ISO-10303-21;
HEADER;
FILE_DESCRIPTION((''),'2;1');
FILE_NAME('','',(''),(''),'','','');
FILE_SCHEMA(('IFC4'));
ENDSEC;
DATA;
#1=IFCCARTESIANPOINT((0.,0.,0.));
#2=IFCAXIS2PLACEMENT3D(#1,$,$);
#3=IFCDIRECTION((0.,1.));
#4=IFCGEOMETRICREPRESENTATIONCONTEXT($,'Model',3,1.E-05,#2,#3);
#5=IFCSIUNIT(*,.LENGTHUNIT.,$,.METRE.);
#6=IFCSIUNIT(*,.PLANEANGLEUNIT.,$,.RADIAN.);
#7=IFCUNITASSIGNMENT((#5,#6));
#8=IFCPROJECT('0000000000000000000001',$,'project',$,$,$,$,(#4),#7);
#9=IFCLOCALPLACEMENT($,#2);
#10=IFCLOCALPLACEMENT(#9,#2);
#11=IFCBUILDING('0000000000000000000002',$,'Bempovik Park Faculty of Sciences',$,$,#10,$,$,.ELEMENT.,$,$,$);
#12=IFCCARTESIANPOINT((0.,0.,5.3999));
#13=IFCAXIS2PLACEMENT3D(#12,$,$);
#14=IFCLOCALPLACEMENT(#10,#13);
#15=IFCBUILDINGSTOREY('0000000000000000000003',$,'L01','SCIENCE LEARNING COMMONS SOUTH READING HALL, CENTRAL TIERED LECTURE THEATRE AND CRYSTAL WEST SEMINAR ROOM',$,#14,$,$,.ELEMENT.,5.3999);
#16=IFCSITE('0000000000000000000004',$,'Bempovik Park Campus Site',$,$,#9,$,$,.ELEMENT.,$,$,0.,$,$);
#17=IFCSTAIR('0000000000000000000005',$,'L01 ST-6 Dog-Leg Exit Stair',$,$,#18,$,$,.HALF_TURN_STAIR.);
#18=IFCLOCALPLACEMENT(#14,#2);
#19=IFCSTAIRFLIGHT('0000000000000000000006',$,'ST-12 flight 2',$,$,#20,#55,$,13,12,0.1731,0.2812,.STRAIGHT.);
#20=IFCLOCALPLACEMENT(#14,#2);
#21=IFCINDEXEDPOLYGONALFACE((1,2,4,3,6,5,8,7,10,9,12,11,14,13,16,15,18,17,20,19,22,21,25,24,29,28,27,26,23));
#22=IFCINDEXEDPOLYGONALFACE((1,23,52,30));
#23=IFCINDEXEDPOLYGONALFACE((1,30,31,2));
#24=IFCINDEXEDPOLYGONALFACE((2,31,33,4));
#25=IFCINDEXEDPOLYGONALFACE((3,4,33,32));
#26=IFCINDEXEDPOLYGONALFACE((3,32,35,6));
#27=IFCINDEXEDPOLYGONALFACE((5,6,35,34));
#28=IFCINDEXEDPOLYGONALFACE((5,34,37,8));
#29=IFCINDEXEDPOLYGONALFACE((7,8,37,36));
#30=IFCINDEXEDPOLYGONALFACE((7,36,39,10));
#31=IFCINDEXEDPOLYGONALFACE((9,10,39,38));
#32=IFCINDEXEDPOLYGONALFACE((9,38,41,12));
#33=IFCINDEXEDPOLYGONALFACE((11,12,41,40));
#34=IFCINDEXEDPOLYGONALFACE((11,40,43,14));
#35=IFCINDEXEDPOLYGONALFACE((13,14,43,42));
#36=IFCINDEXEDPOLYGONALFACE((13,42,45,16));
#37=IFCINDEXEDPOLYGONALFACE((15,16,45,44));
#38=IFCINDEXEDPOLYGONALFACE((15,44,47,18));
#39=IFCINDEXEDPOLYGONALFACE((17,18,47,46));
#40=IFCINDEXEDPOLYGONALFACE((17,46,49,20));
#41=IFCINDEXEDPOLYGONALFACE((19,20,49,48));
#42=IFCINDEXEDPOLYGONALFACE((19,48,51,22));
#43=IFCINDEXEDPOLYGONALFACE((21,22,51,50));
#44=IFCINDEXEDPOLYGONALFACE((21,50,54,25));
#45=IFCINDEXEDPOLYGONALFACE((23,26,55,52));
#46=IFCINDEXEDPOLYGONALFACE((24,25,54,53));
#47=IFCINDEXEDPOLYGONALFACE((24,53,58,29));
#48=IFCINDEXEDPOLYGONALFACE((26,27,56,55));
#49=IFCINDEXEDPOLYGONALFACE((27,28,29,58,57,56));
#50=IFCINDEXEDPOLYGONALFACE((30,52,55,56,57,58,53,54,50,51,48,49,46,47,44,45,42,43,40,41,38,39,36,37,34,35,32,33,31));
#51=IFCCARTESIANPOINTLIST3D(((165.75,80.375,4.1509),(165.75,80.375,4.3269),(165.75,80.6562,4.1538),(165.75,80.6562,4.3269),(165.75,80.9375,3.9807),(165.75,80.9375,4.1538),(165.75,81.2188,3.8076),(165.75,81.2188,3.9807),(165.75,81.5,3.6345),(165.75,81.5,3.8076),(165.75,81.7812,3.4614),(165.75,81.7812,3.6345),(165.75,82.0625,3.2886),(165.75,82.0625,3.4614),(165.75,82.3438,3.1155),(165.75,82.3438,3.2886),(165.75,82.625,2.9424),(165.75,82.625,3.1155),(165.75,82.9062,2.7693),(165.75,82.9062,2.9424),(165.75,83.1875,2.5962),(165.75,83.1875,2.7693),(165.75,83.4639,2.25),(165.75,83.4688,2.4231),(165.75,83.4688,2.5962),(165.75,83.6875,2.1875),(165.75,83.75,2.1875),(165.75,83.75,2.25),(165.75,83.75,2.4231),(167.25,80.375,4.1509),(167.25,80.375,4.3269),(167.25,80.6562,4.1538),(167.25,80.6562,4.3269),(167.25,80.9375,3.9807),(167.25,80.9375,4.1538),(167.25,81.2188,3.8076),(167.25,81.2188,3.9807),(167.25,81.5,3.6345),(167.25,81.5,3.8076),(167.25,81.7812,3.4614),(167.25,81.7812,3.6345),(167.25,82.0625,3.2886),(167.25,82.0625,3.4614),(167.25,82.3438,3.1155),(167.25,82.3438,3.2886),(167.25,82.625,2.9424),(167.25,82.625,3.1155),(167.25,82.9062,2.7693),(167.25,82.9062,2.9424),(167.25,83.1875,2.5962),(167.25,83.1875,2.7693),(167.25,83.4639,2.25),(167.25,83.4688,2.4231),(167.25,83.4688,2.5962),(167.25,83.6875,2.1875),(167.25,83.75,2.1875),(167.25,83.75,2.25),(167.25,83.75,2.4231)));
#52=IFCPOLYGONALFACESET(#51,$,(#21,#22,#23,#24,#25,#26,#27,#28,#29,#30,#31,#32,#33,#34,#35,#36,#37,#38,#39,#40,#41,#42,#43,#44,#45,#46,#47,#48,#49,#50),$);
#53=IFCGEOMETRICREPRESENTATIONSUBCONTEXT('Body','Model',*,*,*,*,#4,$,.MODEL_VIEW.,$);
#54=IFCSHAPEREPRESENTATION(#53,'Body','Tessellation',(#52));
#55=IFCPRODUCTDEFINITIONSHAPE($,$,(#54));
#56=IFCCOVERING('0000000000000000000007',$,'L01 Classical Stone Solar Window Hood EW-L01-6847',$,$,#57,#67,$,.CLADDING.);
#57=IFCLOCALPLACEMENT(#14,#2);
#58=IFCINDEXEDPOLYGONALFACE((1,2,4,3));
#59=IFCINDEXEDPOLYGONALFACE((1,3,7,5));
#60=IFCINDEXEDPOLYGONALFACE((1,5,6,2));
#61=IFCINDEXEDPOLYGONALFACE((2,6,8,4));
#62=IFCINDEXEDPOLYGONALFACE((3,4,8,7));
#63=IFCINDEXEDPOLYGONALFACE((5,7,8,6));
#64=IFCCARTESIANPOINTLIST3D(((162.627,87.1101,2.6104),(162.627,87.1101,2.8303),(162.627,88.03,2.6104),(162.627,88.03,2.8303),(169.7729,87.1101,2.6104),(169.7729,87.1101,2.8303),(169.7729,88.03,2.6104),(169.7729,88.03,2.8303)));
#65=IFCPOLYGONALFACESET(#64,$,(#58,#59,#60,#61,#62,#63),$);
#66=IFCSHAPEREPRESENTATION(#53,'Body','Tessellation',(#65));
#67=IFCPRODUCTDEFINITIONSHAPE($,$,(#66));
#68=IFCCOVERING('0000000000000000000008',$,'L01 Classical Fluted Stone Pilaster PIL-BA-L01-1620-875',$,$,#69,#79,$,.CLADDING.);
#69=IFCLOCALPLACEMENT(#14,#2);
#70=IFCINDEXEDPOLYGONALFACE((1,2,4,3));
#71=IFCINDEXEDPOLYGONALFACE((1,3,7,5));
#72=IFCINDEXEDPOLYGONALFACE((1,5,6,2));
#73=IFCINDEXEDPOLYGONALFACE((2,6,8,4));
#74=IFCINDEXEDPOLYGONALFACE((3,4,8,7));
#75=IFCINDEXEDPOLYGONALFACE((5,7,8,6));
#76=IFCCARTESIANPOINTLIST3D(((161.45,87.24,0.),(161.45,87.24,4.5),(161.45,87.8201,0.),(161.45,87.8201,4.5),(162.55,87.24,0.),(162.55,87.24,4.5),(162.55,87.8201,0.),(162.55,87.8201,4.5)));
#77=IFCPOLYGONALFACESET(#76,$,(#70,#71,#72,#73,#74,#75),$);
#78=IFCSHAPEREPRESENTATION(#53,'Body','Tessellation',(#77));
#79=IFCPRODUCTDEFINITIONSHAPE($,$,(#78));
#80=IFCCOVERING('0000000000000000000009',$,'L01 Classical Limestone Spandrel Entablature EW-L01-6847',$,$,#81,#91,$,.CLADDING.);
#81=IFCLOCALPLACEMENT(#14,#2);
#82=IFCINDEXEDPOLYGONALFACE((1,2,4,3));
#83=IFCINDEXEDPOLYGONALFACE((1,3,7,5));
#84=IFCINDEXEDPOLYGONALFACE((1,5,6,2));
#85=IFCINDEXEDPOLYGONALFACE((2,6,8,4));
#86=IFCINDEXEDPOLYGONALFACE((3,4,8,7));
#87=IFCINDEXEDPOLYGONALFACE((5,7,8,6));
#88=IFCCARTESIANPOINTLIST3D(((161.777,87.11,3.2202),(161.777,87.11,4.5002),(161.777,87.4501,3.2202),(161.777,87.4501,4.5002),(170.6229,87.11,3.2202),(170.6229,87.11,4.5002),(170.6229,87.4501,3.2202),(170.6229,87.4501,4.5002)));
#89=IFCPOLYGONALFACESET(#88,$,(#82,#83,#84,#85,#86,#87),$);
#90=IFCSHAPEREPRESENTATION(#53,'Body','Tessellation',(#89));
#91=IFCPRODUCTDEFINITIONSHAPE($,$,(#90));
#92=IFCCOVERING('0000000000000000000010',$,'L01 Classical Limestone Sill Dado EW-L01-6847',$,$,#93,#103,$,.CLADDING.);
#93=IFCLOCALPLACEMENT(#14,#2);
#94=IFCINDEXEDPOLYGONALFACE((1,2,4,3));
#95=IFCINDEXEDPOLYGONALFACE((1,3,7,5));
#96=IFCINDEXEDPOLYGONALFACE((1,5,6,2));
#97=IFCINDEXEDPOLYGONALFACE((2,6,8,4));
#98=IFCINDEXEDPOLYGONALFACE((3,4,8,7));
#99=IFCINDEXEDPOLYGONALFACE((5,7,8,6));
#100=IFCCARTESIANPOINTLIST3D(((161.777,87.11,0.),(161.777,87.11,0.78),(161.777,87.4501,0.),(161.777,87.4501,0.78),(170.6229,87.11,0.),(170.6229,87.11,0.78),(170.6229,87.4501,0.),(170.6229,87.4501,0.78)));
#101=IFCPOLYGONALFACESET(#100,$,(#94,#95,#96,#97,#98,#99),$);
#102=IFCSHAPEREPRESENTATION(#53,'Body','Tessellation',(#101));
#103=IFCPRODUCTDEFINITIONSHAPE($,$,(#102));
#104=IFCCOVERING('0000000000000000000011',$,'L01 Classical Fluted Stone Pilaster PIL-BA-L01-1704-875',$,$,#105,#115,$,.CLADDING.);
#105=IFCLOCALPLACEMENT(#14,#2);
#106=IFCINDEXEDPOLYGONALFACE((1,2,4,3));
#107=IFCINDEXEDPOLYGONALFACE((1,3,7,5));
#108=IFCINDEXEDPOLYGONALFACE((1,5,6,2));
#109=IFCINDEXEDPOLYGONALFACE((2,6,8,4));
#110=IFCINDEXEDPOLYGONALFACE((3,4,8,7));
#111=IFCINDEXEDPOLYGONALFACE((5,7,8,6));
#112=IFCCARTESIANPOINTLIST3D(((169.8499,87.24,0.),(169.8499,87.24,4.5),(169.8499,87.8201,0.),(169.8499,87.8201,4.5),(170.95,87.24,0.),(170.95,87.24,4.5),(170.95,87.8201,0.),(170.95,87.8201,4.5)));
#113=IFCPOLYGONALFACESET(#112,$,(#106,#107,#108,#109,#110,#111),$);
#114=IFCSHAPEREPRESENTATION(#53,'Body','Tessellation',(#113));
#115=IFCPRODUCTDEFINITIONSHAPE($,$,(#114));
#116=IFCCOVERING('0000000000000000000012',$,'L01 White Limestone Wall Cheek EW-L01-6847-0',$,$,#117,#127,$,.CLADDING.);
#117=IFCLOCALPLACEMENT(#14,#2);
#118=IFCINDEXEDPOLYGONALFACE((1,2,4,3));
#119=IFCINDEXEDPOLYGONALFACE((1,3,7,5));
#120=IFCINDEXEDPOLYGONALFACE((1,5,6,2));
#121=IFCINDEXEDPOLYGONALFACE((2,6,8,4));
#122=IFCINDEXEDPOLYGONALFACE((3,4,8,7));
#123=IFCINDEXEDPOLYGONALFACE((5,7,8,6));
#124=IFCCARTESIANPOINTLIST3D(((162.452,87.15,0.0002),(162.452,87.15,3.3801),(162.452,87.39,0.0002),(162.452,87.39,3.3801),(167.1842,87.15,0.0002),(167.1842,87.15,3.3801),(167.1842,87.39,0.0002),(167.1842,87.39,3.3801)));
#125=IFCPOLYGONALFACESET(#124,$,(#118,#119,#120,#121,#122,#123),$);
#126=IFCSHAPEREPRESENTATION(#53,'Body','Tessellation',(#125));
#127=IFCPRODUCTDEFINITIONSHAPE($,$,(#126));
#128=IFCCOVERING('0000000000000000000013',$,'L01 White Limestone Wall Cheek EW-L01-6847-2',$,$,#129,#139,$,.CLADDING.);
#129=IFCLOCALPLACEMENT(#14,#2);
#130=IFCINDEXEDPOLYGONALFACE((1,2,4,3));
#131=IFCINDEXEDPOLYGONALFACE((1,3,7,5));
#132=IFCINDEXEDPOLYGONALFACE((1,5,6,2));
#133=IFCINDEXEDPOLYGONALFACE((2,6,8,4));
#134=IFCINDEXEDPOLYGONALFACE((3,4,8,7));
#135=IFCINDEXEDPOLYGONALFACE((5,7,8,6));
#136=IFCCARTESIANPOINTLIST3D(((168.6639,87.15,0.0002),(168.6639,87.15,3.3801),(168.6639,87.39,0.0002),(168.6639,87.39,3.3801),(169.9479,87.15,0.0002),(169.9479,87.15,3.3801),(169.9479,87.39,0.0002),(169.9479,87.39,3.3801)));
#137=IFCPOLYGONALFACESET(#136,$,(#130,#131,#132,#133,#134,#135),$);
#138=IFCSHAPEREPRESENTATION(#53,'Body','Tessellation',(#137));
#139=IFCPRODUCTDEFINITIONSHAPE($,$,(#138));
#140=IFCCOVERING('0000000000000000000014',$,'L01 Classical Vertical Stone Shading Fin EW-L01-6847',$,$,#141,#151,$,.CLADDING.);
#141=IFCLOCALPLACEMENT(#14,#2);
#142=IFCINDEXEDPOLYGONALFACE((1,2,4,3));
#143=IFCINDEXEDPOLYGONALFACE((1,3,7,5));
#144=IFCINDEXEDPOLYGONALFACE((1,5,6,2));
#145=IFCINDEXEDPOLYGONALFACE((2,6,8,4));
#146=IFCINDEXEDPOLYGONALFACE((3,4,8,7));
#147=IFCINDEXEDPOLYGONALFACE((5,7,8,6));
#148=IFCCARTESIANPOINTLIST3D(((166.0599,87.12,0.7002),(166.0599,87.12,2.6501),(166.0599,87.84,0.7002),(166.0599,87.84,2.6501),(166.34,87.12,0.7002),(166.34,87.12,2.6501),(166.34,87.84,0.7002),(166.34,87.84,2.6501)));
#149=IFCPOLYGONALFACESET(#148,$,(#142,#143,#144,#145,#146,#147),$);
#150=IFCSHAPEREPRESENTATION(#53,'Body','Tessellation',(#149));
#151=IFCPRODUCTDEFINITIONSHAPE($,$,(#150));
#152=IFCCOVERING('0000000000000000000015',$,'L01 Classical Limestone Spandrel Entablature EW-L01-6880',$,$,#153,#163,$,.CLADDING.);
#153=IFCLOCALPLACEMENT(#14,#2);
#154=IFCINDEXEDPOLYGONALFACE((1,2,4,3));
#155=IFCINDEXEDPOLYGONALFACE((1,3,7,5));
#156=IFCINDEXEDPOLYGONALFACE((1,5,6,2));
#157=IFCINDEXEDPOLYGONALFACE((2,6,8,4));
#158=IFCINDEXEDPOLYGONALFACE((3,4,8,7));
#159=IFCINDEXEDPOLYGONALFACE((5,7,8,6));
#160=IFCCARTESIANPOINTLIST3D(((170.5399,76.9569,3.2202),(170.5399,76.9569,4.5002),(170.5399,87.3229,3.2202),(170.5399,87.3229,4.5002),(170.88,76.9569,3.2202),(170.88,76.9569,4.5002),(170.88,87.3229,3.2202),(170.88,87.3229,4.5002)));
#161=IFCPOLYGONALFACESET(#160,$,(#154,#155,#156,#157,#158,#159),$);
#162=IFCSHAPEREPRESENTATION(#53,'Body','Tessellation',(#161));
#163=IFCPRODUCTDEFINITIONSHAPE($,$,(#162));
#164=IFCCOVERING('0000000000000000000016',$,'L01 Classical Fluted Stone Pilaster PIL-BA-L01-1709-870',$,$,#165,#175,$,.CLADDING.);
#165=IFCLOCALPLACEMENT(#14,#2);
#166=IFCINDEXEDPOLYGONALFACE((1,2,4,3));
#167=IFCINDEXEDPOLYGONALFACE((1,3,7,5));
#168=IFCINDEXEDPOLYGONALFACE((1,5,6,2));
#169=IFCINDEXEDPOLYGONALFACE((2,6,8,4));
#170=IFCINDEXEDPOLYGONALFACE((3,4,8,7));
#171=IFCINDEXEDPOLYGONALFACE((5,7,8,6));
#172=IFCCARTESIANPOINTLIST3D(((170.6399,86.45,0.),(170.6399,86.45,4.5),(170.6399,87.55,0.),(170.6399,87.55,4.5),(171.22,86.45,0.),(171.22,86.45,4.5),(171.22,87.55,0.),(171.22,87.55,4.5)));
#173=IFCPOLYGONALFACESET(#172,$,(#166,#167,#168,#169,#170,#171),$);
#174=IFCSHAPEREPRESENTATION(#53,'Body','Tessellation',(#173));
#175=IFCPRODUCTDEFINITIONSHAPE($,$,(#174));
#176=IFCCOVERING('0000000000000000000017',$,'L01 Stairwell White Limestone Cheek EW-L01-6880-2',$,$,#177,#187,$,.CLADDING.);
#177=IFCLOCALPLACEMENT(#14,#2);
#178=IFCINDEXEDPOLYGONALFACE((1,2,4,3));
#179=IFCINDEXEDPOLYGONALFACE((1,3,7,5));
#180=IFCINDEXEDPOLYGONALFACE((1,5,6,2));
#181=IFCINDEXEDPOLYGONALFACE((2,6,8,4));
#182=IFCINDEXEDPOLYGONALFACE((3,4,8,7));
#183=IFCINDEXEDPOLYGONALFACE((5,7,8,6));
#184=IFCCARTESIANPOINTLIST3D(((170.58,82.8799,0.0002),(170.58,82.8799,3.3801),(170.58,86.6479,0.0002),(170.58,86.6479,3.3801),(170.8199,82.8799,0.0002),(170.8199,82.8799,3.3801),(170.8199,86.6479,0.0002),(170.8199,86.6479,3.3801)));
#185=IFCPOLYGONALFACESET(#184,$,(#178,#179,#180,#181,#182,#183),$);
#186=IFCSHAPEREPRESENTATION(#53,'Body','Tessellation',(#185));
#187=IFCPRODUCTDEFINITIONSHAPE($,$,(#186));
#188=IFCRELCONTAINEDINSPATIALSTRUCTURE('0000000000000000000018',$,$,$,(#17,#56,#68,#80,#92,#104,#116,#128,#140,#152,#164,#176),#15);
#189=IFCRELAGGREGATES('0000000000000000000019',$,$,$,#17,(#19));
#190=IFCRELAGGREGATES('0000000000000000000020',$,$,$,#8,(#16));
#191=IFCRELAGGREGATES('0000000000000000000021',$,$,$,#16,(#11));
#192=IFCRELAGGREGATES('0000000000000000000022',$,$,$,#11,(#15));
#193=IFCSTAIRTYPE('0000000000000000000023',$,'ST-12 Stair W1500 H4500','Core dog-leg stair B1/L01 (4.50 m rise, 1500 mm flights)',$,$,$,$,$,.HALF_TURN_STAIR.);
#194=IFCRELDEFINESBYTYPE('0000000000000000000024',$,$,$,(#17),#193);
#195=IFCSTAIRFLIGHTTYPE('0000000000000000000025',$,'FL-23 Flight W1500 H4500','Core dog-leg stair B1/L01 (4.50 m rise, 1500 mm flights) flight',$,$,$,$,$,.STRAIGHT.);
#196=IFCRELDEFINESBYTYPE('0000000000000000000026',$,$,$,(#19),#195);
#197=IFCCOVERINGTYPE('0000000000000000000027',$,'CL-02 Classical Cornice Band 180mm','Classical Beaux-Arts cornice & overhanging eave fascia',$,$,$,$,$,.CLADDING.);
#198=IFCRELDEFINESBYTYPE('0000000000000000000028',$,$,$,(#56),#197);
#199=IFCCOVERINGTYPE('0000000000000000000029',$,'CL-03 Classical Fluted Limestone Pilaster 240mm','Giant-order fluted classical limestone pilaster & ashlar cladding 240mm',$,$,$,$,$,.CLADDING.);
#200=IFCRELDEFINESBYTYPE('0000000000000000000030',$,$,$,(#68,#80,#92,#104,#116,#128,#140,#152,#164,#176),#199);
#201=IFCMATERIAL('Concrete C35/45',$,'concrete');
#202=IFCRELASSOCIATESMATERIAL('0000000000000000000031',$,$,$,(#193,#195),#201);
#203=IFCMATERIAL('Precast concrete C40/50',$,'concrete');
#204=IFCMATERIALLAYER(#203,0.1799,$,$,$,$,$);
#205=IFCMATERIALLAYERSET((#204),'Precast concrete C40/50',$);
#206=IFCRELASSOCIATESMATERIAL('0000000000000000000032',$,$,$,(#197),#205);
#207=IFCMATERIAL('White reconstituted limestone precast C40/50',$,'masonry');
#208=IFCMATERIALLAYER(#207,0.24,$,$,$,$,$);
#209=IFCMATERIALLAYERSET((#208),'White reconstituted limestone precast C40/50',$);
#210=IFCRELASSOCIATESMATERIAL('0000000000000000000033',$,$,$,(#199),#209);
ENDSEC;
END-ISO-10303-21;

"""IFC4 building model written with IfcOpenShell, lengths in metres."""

from ifc_helpers import new_model, si_unit, direction, frame, origin, origin_2d, place, context, subcontext, project, spatial, polyline, rectangle, outline, extrude, material, layer, layer_set, type_object, element, aggregate, save


model = new_model("IFC4")

# Units and contexts
model_context = context("Model", 3, precision=1e-05, world=origin(), true_north=direction((0.0, 1.0)))
body_context = subcontext(model_context, "Body", "Model", "MODEL_VIEW")
ifc_project = project(units=[si_unit("LENGTHUNIT", "METRE"), si_unit("PLANEANGLEUNIT", "RADIAN")], contexts=[model_context])

# Site, building, storey
site_placement = place(None, origin())
site = spatial("IfcSite", under=ifc_project, at=site_placement, Name="Bempovik Park Campus Site", CompositionType="ELEMENT", RefElevation=0.0)
building_placement = place(site_placement, origin())
building = spatial("IfcBuilding", under=site, at=building_placement, Name="Bempovik Park Faculty of Sciences", CompositionType="ELEMENT")
storey_placement = place(building_placement, frame((0.0, 0.0, 5.3999)))
storey = spatial("IfcBuildingStorey", under=building, at=storey_placement, Name="L01", Description="SCIENCE LEARNING COMMONS SOUTH READING HALL, CENTRAL TIERED LECTURE THEATRE AND CRYSTAL WEST SEMINAR ROOM", CompositionType="ELEMENT", Elevation=5.3999)

# Shared definitions
ifc_material_1 = material(Name="Concrete C35/45", Category="concrete")

# Shared definitions
ifc_material_2 = material(Name="Precast concrete C40/50", Category="concrete")

# Stair, stair flight
stair_type = type_object("IfcStairType", Name="ST-12 Stair W1500 H4500", Description="Core dog-leg stair B1/L01 (4.50 m rise, 1500 mm flights)", PredefinedType="HALF_TURN_STAIR", material=ifc_material_1)
stair_placement = place(storey_placement, origin())
stair = element("IfcStair", 1, at=stair_placement, inside=storey, type_object=stair_type, Name="L01 ST-6 Dog-Leg Exit Stair", PredefinedType="HALF_TURN_STAIR")
stair_flight_type = type_object("IfcStairFlightType", Name="FL-23 Flight W1500 H4500", Description="Core dog-leg stair B1/L01 (4.50 m rise, 1500 mm flights) flight", PredefinedType="STRAIGHT", material=ifc_material_1)
stair_flight_1_placement = place(storey_placement, frame((166.5, 83.75, 2.25), z_axis=(0.0, 0.0, 1.0), x_axis=(0.0, -1.0, 0.0)))
stair_flight_1 = element("IfcStairFlight", 2, at=stair_flight_1_placement, type_object=stair_flight_type, Name="ST-12 flight 2", NumberOfRisers=13, NumberOfTreads=12, PredefinedType="STRAIGHT", RiserHeight=0.1731, TreadLength=0.2812, context=body_context, shape_type="SweptSolid", body=[
    extrude(outline(polyline([(0.0, 0.0), (0.0, 0.1731), (0.2812, 0.1731), (0.2812, 0.3462), (0.5625, 0.3462), (0.5625, 0.5193), (0.8438, 0.5193), (0.8438, 0.6924), (1.125, 0.6924), (1.125, 0.8655), (1.4062, 0.8655), (1.4062, 1.0386), (1.6875, 1.0386), (1.6875, 1.2114), (1.9688, 1.2114), (1.9688, 1.3845), (2.25, 1.3845), (2.25, 1.5576), (2.5312, 1.5576), (2.5312, 1.7307), (2.8125, 1.7307), (2.8125, 1.9038), (3.0938, 1.9038), (3.0938, 2.0769), (3.375, 2.0769), (3.375, 2.25), (3.375, 1.9009), (0.2861, 0.0), (0.0625, -0.0625), (0.0, -0.0625), (0.0, 0.0)])), frame((0.0, 0.75, 0.0), z_axis=(0.0, -1.0, 0.0), x_axis=(1.0, 0.0, 0.0)), (0.0, 0.0, 1.0), 1.5),
])
aggregate(stair, [stair_flight_1])

# Coverings
ifc_layer_1 = layer(ifc_material_2, 0.1799)
ifc_layer_set_1 = layer_set([ifc_layer_1], Name="Precast concrete C40/50")
covering_type_1 = type_object("IfcCoveringType", Name="CL-02 Classical Cornice Band 180mm", Description="Classical Beaux-Arts cornice & overhanging eave fascia", PredefinedType="CLADDING", material=ifc_layer_set_1)
covering_1_placement = place(storey_placement, frame((166.2, 87.5701, 2.6104), z_axis=(0.0, 0.0, 1.0), x_axis=(1.0, 0.0, 0.0)))
element("IfcCovering", 3, at=covering_1_placement, inside=storey, type_object=covering_type_1, Name="L01 Classical Stone Solar Window Hood EW-L01-6847", PredefinedType="CLADDING", context=body_context, shape_type="SweptSolid", body=[
    extrude(rectangle(XDim=7.146, YDim=0.9199, at=origin_2d()), origin(), (0.0, 0.0, 1.0), 0.22),
])
ifc_material_3 = material(Name="White reconstituted limestone precast C40/50", Category="masonry")
ifc_layer_2 = layer(ifc_material_3, 0.24)
ifc_layer_set_2 = layer_set([ifc_layer_2], Name="White reconstituted limestone precast C40/50")
covering_type_2 = type_object("IfcCoveringType", Name="CL-03 Classical Fluted Limestone Pilaster 240mm", Description="Giant-order fluted classical limestone pilaster & ashlar cladding 240mm", PredefinedType="CLADDING", material=ifc_layer_set_2)
covering_2_placement = place(storey_placement, frame((162.0, 87.53, 0.0), z_axis=(0.0, 0.0, 1.0), x_axis=(1.0, 0.0, 0.0)))
element("IfcCovering", 4, at=covering_2_placement, inside=storey, type_object=covering_type_2, Name="L01 Classical Fluted Stone Pilaster PIL-BA-L01-1620-875", PredefinedType="CLADDING", context=body_context, shape_type="SweptSolid", body=[
    extrude(rectangle(XDim=1.1001, YDim=0.5801, at=origin_2d()), origin(), (0.0, 0.0, 1.0), 4.5),
])
covering_3_placement = place(storey_placement, frame((166.2, 87.28, 3.2202), z_axis=(0.0, 0.0, 1.0), x_axis=(1.0, 0.0, 0.0)))
element("IfcCovering", 5, at=covering_3_placement, inside=storey, type_object=covering_type_2, Name="L01 Classical Limestone Spandrel Entablature EW-L01-6847", PredefinedType="CLADDING", context=body_context, shape_type="SweptSolid", body=[
    extrude(rectangle(XDim=8.8459, YDim=0.3401, at=origin_2d()), origin(), (0.0, 0.0, 1.0), 1.28),
])
covering_4_placement = place(storey_placement, frame((166.2, 87.28, 0.0), z_axis=(0.0, 0.0, 1.0), x_axis=(1.0, 0.0, 0.0)))
element("IfcCovering", 6, at=covering_4_placement, inside=storey, type_object=covering_type_2, Name="L01 Classical Limestone Sill Dado EW-L01-6847", PredefinedType="CLADDING", context=body_context, shape_type="SweptSolid", body=[
    extrude(rectangle(XDim=8.8459, YDim=0.3401, at=origin_2d()), origin(), (0.0, 0.0, 1.0), 0.78),
])
covering_5_placement = place(storey_placement, frame((170.3999, 87.53, 0.0), z_axis=(0.0, 0.0, 1.0), x_axis=(1.0, 0.0, 0.0)))
element("IfcCovering", 7, at=covering_5_placement, inside=storey, type_object=covering_type_2, Name="L01 Classical Fluted Stone Pilaster PIL-BA-L01-1704-875", PredefinedType="CLADDING", context=body_context, shape_type="SweptSolid", body=[
    extrude(rectangle(XDim=1.1001, YDim=0.5801, at=origin_2d()), origin(), (0.0, 0.0, 1.0), 4.5),
])
covering_6_placement = place(storey_placement, frame((164.8181, 87.27, 0.0002), z_axis=(0.0, 0.0, 1.0), x_axis=(1.0, 0.0, 0.0)))
element("IfcCovering", 8, at=covering_6_placement, inside=storey, type_object=covering_type_2, Name="L01 White Limestone Wall Cheek EW-L01-6847-0", PredefinedType="CLADDING", context=body_context, shape_type="SweptSolid", body=[
    extrude(rectangle(XDim=4.7322, YDim=0.24, at=origin_2d()), origin(), (0.0, 0.0, 1.0), 3.3799),
])
covering_7_placement = place(storey_placement, frame((169.3059, 87.27, 0.0002), z_axis=(0.0, 0.0, 1.0), x_axis=(1.0, 0.0, 0.0)))
element("IfcCovering", 9, at=covering_7_placement, inside=storey, type_object=covering_type_2, Name="L01 White Limestone Wall Cheek EW-L01-6847-2", PredefinedType="CLADDING", context=body_context, shape_type="SweptSolid", body=[
    extrude(rectangle(XDim=1.2839, YDim=0.24, at=origin_2d()), origin(), (0.0, 0.0, 1.0), 3.3799),
])
covering_8_placement = place(storey_placement, frame((166.2, 87.48, 0.7002), z_axis=(0.0, 0.0, 1.0), x_axis=(1.0, 0.0, 0.0)))
element("IfcCovering", 10, at=covering_8_placement, inside=storey, type_object=covering_type_2, Name="L01 Classical Vertical Stone Shading Fin EW-L01-6847", PredefinedType="CLADDING", context=body_context, shape_type="SweptSolid", body=[
    extrude(rectangle(XDim=0.28, YDim=0.72, at=origin_2d()), origin(), (0.0, 0.0, 1.0), 1.95),
])
covering_9_placement = place(storey_placement, frame((170.71, 82.1399, 3.2202), z_axis=(0.0, 0.0, 1.0), x_axis=(1.0, 0.0, 0.0)))
element("IfcCovering", 11, at=covering_9_placement, inside=storey, type_object=covering_type_2, Name="L01 Classical Limestone Spandrel Entablature EW-L01-6880", PredefinedType="CLADDING", context=body_context, shape_type="SweptSolid", body=[
    extrude(rectangle(XDim=0.3401, YDim=10.366, at=origin_2d()), origin(), (0.0, 0.0, 1.0), 1.28),
])
covering_10_placement = place(storey_placement, frame((170.9299, 87.0, 0.0), z_axis=(0.0, 0.0, 1.0), x_axis=(1.0, 0.0, 0.0)))
element("IfcCovering", 12, at=covering_10_placement, inside=storey, type_object=covering_type_2, Name="L01 Classical Fluted Stone Pilaster PIL-BA-L01-1709-870", PredefinedType="CLADDING", context=body_context, shape_type="SweptSolid", body=[
    extrude(rectangle(XDim=0.5801, YDim=1.1001, at=origin_2d()), origin(), (0.0, 0.0, 1.0), 4.5),
])
covering_11_placement = place(storey_placement, frame((170.7, 84.7639, 0.0002), z_axis=(0.0, 0.0, 1.0), x_axis=(1.0, 0.0, 0.0)))
element("IfcCovering", 13, at=covering_11_placement, inside=storey, type_object=covering_type_2, Name="L01 Stairwell White Limestone Cheek EW-L01-6880-2", PredefinedType="CLADDING", context=body_context, shape_type="SweptSolid", body=[
    extrude(rectangle(XDim=0.24, YDim=3.7681, at=origin_2d()), origin(), (0.0, 0.0, 1.0), 3.3799),
])

save(model, "model.ifc")
